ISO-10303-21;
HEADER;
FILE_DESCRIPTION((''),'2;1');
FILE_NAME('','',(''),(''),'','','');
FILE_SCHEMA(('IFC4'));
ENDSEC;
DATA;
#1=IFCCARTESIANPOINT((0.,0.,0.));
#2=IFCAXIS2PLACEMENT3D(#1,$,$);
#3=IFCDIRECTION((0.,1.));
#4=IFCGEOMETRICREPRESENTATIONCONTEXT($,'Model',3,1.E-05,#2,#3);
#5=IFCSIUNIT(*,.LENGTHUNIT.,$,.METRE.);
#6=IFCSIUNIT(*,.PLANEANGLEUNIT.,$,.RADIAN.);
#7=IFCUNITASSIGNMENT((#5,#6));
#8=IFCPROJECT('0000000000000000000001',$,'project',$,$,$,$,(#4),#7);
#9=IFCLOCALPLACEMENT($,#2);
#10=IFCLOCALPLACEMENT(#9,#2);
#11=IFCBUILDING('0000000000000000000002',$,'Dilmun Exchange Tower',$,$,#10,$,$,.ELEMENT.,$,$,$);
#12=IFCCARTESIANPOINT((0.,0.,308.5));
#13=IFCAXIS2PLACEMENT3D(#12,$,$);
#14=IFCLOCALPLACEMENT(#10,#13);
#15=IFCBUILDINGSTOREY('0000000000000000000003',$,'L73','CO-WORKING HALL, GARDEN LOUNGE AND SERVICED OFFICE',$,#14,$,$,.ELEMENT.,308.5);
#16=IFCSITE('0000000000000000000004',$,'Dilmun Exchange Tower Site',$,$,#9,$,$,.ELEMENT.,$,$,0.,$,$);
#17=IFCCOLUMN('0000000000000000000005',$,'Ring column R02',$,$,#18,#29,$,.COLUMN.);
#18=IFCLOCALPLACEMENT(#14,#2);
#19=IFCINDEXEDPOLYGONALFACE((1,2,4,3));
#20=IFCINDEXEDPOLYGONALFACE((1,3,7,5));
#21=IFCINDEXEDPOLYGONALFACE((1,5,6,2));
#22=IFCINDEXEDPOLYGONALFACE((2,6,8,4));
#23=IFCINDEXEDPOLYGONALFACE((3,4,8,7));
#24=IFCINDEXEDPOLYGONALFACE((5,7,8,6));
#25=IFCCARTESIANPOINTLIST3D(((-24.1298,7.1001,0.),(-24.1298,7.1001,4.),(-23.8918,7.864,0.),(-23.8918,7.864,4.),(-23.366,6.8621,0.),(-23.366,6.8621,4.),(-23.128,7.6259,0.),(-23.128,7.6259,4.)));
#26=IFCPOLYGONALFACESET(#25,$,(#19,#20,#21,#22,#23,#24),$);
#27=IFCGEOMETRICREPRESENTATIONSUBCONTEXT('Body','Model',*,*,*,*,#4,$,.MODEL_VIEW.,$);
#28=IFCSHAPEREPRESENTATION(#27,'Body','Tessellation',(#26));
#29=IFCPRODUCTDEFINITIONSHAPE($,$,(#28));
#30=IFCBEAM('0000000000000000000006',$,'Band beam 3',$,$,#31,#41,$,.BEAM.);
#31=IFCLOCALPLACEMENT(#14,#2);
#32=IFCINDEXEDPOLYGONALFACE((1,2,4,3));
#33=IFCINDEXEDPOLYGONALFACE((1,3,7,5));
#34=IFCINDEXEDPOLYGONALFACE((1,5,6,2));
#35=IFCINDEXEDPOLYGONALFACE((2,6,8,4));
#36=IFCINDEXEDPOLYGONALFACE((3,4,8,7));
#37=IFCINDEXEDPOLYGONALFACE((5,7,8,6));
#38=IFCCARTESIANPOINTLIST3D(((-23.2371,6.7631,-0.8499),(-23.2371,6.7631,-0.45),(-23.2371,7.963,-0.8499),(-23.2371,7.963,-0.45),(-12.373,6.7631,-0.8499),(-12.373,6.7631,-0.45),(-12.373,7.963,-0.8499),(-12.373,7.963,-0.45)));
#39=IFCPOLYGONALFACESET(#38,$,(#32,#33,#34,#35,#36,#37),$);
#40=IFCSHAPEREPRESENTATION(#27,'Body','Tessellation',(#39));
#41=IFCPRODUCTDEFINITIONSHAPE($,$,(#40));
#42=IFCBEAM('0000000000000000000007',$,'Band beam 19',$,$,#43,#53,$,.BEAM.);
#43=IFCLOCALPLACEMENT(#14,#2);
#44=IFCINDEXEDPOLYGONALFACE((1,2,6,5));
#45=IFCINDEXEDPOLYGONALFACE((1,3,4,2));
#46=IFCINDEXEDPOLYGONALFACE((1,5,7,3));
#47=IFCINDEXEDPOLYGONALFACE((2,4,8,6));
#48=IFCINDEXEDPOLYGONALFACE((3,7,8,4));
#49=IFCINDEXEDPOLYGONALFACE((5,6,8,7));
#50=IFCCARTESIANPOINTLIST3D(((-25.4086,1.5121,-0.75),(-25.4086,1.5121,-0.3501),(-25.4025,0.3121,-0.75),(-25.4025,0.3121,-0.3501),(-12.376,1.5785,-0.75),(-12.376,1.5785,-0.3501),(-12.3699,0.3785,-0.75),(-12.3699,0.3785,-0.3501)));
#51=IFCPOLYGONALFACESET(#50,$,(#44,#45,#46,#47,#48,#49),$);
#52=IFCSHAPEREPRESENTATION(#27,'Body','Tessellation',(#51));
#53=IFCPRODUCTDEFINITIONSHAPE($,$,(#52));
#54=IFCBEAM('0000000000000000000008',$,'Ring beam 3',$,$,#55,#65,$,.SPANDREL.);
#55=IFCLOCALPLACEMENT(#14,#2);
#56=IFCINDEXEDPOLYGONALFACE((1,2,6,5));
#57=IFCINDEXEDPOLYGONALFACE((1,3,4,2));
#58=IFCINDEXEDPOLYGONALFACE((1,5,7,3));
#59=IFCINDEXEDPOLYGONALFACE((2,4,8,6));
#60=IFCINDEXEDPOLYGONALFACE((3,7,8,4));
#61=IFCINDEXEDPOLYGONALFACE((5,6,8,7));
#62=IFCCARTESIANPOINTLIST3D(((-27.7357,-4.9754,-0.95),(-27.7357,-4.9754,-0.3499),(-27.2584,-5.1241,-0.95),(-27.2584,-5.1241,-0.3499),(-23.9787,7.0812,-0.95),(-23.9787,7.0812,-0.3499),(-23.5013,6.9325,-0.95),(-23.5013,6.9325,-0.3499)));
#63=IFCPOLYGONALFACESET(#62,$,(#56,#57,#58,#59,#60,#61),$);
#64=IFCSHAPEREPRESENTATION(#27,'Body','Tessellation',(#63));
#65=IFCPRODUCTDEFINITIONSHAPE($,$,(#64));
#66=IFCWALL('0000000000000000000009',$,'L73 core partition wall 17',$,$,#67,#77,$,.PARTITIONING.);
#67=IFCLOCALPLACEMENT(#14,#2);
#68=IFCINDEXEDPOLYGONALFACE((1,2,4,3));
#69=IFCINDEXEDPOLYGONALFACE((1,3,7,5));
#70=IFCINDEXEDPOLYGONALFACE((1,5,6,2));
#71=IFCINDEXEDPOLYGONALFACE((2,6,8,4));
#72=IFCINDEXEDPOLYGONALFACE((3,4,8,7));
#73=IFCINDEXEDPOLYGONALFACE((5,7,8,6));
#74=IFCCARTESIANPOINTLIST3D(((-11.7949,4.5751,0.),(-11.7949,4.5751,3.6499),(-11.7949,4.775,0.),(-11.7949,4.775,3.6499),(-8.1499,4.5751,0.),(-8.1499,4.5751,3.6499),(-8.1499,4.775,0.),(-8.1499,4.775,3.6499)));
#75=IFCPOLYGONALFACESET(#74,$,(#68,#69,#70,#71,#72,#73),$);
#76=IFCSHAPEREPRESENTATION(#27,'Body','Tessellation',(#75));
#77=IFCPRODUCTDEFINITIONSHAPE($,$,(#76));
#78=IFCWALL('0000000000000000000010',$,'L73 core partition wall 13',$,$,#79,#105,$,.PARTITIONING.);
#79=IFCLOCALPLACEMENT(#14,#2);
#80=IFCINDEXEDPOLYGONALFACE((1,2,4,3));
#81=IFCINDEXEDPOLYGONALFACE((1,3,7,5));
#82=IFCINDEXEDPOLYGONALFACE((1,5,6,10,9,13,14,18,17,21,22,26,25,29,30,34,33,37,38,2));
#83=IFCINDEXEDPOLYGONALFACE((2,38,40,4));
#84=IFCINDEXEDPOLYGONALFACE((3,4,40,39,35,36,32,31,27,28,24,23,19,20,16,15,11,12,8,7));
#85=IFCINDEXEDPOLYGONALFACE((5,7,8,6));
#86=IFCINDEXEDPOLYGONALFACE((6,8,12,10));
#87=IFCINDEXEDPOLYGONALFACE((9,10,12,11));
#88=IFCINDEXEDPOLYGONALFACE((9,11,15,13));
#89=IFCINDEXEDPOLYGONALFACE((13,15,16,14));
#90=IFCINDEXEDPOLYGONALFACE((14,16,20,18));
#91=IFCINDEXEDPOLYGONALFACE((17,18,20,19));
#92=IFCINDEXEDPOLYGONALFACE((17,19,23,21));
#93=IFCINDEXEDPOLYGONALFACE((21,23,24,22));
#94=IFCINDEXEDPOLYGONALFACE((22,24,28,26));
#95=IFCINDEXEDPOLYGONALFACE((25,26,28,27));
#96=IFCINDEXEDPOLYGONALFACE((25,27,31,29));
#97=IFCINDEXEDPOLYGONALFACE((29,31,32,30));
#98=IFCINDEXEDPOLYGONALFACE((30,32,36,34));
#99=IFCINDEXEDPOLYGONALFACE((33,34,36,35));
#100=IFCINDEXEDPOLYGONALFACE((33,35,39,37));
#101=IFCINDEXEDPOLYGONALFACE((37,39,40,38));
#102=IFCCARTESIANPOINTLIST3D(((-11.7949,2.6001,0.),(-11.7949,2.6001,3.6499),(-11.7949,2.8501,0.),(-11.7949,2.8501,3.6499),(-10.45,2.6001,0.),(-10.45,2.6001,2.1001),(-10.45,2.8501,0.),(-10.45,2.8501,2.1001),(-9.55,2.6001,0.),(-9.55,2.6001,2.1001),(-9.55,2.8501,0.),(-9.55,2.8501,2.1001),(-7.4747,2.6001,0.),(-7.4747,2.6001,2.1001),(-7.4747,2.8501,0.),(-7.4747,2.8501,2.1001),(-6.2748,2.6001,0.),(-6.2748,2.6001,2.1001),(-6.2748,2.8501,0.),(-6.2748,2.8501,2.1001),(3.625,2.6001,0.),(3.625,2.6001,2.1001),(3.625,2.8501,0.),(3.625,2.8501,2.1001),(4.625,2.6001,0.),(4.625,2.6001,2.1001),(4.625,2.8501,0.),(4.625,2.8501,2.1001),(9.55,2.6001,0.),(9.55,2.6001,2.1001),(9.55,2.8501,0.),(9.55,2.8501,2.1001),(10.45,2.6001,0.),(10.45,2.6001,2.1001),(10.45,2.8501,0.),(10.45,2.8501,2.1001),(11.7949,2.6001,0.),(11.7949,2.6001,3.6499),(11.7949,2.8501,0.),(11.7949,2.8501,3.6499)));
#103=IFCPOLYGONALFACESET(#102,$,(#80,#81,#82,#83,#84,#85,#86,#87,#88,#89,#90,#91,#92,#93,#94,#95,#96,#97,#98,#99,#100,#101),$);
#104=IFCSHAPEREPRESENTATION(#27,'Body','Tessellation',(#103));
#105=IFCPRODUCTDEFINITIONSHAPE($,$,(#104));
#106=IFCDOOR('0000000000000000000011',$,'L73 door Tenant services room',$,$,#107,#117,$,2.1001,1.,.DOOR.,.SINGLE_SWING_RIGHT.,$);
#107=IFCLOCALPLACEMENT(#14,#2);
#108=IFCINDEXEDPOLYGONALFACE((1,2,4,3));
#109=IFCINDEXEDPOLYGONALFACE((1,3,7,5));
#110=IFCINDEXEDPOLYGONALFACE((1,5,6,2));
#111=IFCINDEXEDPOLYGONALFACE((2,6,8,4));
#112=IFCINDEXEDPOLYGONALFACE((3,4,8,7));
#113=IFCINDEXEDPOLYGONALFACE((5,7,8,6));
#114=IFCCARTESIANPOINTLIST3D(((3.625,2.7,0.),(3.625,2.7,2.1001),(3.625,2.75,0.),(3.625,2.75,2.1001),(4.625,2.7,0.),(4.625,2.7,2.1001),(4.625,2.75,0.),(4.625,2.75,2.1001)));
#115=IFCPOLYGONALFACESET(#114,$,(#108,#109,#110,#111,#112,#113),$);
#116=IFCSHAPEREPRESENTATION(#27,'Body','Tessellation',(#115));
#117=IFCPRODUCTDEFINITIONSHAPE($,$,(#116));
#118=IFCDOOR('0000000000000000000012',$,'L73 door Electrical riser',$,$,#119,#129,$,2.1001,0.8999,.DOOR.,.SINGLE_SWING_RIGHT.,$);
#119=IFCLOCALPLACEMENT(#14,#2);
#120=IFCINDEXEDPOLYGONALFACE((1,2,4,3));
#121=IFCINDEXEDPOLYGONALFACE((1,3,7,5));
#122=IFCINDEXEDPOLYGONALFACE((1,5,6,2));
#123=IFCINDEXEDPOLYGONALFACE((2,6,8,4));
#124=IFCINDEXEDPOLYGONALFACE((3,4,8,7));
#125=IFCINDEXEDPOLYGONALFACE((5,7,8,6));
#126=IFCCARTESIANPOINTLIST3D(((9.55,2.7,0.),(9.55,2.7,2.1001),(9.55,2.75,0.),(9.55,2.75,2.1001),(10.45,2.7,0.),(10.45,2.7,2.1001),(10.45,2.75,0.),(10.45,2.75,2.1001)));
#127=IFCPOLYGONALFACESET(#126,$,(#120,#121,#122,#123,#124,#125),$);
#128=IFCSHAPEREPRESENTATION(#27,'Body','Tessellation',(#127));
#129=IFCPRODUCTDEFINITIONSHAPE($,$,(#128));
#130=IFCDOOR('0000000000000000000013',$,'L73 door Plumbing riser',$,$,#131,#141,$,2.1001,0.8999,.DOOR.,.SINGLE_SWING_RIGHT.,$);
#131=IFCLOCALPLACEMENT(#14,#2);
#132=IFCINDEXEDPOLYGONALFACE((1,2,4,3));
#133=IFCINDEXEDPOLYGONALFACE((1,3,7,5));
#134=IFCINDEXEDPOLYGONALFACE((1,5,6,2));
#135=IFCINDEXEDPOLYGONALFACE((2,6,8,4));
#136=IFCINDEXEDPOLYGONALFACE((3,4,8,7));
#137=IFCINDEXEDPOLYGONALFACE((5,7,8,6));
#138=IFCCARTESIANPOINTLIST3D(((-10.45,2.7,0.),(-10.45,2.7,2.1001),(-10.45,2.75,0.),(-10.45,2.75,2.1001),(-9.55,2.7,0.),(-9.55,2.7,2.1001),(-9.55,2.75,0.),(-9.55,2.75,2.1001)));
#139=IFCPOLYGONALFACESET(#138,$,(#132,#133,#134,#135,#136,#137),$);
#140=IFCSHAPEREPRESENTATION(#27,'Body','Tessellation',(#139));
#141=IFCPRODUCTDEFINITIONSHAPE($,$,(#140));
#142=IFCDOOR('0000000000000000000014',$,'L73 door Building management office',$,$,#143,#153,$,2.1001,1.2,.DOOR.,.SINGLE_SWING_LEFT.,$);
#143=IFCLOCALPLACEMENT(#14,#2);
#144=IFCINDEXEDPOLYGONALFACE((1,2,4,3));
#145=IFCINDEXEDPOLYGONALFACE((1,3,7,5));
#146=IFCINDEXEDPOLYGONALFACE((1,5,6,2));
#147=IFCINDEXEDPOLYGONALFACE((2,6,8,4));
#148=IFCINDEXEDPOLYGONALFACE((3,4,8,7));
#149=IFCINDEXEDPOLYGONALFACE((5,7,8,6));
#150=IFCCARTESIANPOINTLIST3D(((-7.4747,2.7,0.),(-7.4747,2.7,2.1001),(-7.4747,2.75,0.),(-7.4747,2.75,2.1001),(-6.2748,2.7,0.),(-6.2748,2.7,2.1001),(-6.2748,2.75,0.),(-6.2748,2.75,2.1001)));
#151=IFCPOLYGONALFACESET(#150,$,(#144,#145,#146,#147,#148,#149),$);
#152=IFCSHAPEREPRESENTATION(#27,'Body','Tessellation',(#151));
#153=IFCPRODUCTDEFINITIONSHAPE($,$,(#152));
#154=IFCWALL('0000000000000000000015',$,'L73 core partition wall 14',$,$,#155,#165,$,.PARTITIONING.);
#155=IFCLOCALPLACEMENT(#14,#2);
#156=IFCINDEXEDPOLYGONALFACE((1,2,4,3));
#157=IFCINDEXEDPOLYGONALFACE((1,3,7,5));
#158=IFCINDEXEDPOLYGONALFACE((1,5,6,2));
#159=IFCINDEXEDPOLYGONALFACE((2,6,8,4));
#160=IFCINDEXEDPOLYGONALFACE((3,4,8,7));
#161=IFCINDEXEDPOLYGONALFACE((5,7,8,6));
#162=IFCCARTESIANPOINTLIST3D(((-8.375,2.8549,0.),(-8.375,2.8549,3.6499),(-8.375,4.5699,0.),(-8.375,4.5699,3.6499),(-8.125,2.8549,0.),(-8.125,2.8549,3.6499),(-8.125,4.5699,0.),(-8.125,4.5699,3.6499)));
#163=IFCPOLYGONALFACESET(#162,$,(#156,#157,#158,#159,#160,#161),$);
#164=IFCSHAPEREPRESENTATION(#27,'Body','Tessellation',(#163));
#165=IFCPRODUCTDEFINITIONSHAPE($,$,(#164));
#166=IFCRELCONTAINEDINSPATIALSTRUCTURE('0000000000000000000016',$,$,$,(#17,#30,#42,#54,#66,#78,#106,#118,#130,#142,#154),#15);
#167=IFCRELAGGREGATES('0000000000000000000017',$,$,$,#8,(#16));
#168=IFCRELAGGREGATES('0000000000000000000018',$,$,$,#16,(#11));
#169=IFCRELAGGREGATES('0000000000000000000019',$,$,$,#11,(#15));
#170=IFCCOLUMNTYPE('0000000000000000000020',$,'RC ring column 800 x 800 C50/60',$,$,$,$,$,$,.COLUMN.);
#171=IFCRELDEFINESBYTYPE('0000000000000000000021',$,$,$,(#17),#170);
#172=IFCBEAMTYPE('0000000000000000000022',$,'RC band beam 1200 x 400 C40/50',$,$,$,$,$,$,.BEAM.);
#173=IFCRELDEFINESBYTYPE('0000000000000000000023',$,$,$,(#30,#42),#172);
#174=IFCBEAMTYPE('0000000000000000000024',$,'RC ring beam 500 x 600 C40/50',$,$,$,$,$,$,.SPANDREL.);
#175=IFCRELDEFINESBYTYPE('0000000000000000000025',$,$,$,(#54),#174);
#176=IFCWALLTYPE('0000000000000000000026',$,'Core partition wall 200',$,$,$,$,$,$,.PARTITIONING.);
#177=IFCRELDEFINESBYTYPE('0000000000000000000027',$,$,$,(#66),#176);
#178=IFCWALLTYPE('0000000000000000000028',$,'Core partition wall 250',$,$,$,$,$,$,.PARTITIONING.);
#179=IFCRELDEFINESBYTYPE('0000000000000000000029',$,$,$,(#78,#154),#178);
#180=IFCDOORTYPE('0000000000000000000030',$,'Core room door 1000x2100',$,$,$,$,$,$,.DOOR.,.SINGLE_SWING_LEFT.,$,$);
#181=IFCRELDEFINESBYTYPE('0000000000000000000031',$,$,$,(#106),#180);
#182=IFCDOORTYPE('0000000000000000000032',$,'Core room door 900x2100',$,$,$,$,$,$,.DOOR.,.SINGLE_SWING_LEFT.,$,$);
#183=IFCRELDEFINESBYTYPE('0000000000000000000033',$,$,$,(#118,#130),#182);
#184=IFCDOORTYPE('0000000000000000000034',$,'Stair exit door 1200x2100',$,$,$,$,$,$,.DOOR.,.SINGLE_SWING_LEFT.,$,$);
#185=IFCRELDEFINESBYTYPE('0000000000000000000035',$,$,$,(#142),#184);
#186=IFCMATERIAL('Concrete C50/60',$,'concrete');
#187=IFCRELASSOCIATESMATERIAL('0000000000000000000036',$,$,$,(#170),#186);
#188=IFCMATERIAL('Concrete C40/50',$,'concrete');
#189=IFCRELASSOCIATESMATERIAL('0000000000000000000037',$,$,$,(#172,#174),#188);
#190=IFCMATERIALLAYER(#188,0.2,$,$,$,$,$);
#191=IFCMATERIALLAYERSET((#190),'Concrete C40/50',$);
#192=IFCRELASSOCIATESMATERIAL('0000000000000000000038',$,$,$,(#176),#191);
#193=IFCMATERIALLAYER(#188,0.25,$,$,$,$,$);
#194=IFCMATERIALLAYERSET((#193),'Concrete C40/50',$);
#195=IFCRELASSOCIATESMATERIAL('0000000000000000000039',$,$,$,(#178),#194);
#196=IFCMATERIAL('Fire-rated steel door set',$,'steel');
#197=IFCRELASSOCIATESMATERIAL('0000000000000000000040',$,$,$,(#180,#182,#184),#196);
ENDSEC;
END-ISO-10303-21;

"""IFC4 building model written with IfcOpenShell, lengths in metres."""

from ifc_helpers import new_model, si_unit, direction, frame, frame_2d, origin, origin_2d, place, context, subcontext, project, spatial, rectangle, extrude, material, layer, layer_set, material_profile, profile_set, type_object, element, fill, save


model = new_model("IFC4")

# Units and contexts
model_context = context("Model", 3, precision=1e-05, world=origin(), true_north=direction((0.0, 1.0)))
body_context = subcontext(model_context, "Body", "Model", "MODEL_VIEW")
ifc_project = project(units=[si_unit("LENGTHUNIT", "METRE"), si_unit("PLANEANGLEUNIT", "RADIAN")], contexts=[model_context])

# Site, building, storey
site_placement = place(None, origin())
site = spatial("IfcSite", under=ifc_project, at=site_placement, Name="Dilmun Exchange Tower Site", CompositionType="ELEMENT", RefElevation=0.0)
building_placement = place(site_placement, origin())
building = spatial("IfcBuilding", under=site, at=building_placement, Name="Dilmun Exchange Tower", CompositionType="ELEMENT")
storey_placement = place(building_placement, frame((0.0, 0.0, 308.5)))
storey = spatial("IfcBuildingStorey", under=building, at=storey_placement, Name="L73", Description="CO-WORKING HALL, GARDEN LOUNGE AND SERVICED OFFICE", CompositionType="ELEMENT", Elevation=308.5)

# Column
ifc_material_1 = material(Name="Concrete C50/60", Category="concrete")
ifc_material_profile_1 = material_profile(ifc_material_1, rectangle(XDim=0.8, YDim=0.8, at=origin_2d()), Name="800 x 800")
ifc_profile_set_1 = profile_set([ifc_material_profile_1], Name="Concrete C50/60")
column_type = type_object("IfcColumnType", Name="RC ring column 800 x 800 C50/60", PredefinedType="COLUMN", material=ifc_profile_set_1)
column_placement = place(storey_placement, frame((-23.6289, 7.363, 0.0), z_axis=(0.0, 0.0, 1.0), x_axis=(0.297503, 0.954721, 0.0)))
element("IfcColumn", 1, at=column_placement, inside=storey, type_object=column_type, Name="Ring column R02", PredefinedType="COLUMN", context=body_context, shape_type="SweptSolid", body=[
    extrude(rectangle(XDim=0.8, YDim=0.8, at=origin_2d()), origin(), (0.0, 0.0, 1.0), 4.0),
])

# Beams
ifc_material_2 = material(Name="Concrete C40/50", Category="concrete")
ifc_material_profile_2 = material_profile(ifc_material_2, rectangle(XDim=1.2, YDim=0.3999, at=origin_2d()), Name="1200 x 400")
ifc_profile_set_2 = profile_set([ifc_material_profile_2], Name="Concrete C40/50")
beam_type_1 = type_object("IfcBeamType", Name="RC band beam 1200 x 400 C40/50", PredefinedType="BEAM", material=ifc_profile_set_2)
beam_1_placement = place(storey_placement, frame((-23.2371, 7.363, -0.6499), z_axis=(1.0, 0.0, 0.0), x_axis=(0.0, 1.0, 0.0)))
element("IfcBeam", 2, at=beam_1_placement, inside=storey, type_object=beam_type_1, Name="Band beam 3", PredefinedType="BEAM", context=body_context, shape_type="SweptSolid", body=[
    extrude(rectangle(XDim=1.2, YDim=0.3999, at=origin_2d()), origin(), (0.0, 0.0, 1.0), 10.864),
])
beam_2_placement = place(storey_placement, frame((-25.4055, 0.9121, -0.55), z_axis=(0.999987, 0.005095, 0.0), x_axis=(-0.005095, 0.999987, 0.0)))
element("IfcBeam", 3, at=beam_2_placement, inside=storey, type_object=beam_type_1, Name="Band beam 19", PredefinedType="BEAM", context=body_context, shape_type="SweptSolid", body=[
    extrude(rectangle(XDim=1.2, YDim=0.3999, at=origin_2d()), origin(), (0.0, 0.0, 1.0), 13.0327),
])
ifc_material_profile_3 = material_profile(ifc_material_2, rectangle(XDim=0.5, YDim=0.6001, at=origin_2d()), Name="500 x 600")
ifc_profile_set_3 = profile_set([ifc_material_profile_3], Name="Concrete C40/50")
beam_type_2 = type_object("IfcBeamType", Name="RC ring beam 500 x 600 C40/50", PredefinedType="SPANDREL", material=ifc_profile_set_3)
beam_3_placement = place(storey_placement, frame((-23.74, 7.0068, -0.6499), z_axis=(-0.297509, -0.954719, 0.0), x_axis=(0.954719, -0.297509, 0.0)))
element("IfcBeam", 4, at=beam_3_placement, inside=storey, type_object=beam_type_2, Name="Ring beam 3", PredefinedType="SPANDREL", context=body_context, shape_type="SweptSolid", body=[
    extrude(rectangle(XDim=0.5, YDim=0.6001, at=origin_2d()), origin(), (0.0, 0.0, 1.0), 12.6284),
])

# Wall
ifc_layer_1 = layer(ifc_material_2, 0.2)
ifc_layer_set_1 = layer_set([ifc_layer_1], Name="Concrete C40/50")
wall_type_1 = type_object("IfcWallType", Name="Core partition wall 200", PredefinedType="PARTITIONING", material=ifc_layer_set_1)
wall_1_placement = place(storey_placement, frame((-11.7949, 4.675, 0.0), z_axis=(0.0, 0.0, 1.0), x_axis=(1.0, 0.0, 0.0)))
element("IfcWall", 5, at=wall_1_placement, inside=storey, type_object=wall_type_1, Name="L73 core partition wall 17", PredefinedType="PARTITIONING", context=body_context, shape_type="SweptSolid", body=[
    extrude(rectangle(XDim=3.645, YDim=0.2, at=frame_2d((1.8225, 0.0))), origin(), (0.0, 0.0, 1.0), 3.6499),
])

# Wall, openings, doors
ifc_layer_2 = layer(ifc_material_2, 0.25)
ifc_layer_set_2 = layer_set([ifc_layer_2], Name="Concrete C40/50")
wall_type_2 = type_object("IfcWallType", Name="Core partition wall 250", PredefinedType="PARTITIONING", material=ifc_layer_set_2)
wall_2_placement = place(storey_placement, frame((-11.7949, 2.7251, 0.0), z_axis=(0.0, 0.0, 1.0), x_axis=(1.0, 0.0, 0.0)))
wall_2 = element("IfcWall", 6, at=wall_2_placement, inside=storey, type_object=wall_type_2, Name="L73 core partition wall 13", PredefinedType="PARTITIONING", context=body_context, shape_type="SweptSolid", body=[
    extrude(rectangle(XDim=23.5898, YDim=0.25, at=frame_2d((11.7949, 0.0))), origin(), (0.0, 0.0, 1.0), 3.6499),
])
opening_1_placement = place(wall_2_placement, frame((21.345, 0.0, 0.0)))
opening_1 = element("IfcOpeningElement", 7, at=opening_1_placement, cuts=wall_2, PredefinedType="OPENING", context=body_context, shape_type="SweptSolid", body=[
    extrude(rectangle(XDim=0.8999, YDim=2.1001, at=frame_2d((0.45, 1.05))), frame((0.0, 0.135, 0.0), z_axis=(0.0, -1.0, 0.0), x_axis=(1.0, 0.0, 0.0)), (0.0, 0.0, 1.0), 0.27),
])
opening_2_placement = place(wall_2_placement, frame((1.345, 0.0, 0.0)))
opening_2 = element("IfcOpeningElement", 8, at=opening_2_placement, cuts=wall_2, PredefinedType="OPENING", context=body_context, shape_type="SweptSolid", body=[
    extrude(rectangle(XDim=0.8999, YDim=2.1001, at=frame_2d((0.45, 1.05))), frame((0.0, 0.135, 0.0), z_axis=(0.0, -1.0, 0.0), x_axis=(1.0, 0.0, 0.0)), (0.0, 0.0, 1.0), 0.27),
])
opening_3_placement = place(wall_2_placement, frame((4.3201, 0.0, 0.0)))
opening_3 = element("IfcOpeningElement", 9, at=opening_3_placement, cuts=wall_2, PredefinedType="OPENING", context=body_context, shape_type="SweptSolid", body=[
    extrude(rectangle(XDim=1.2, YDim=2.1001, at=frame_2d((0.6001, 1.05))), frame((0.0, 0.135, 0.0), z_axis=(0.0, -1.0, 0.0), x_axis=(1.0, 0.0, 0.0)), (0.0, 0.0, 1.0), 0.27),
])
opening_4_placement = place(wall_2_placement, frame((15.4199, 0.0, 0.0)))
opening_4 = element("IfcOpeningElement", 10, at=opening_4_placement, cuts=wall_2, PredefinedType="OPENING", context=body_context, shape_type="SweptSolid", body=[
    extrude(rectangle(XDim=1.0, YDim=2.1001, at=frame_2d((0.5, 1.05))), frame((0.0, 0.135, 0.0), z_axis=(0.0, -1.0, 0.0), x_axis=(1.0, 0.0, 0.0)), (0.0, 0.0, 1.0), 0.27),
])
ifc_material_3 = material(Name="Fire-rated steel door set", Category="steel")
door_type_1 = type_object("IfcDoorType", Name="Core room door 1000x2100", OperationType="SINGLE_SWING_LEFT", PredefinedType="DOOR", material=ifc_material_3)
door_1_placement = place(opening_4_placement, origin())
door_1 = element("IfcDoor", 11, at=door_1_placement, inside=storey, type_object=door_type_1, Name="L73 door Tenant services room", OperationType="SINGLE_SWING_RIGHT", OverallHeight=2.1001, OverallWidth=1.0, PredefinedType="DOOR", context=body_context, shape_type="SweptSolid", body=[
    extrude(rectangle(XDim=1.0, YDim=2.1001, at=frame_2d((0.5, 1.05))), frame((0.0, 0.0249, 0.0), z_axis=(0.0, -1.0, 0.0), x_axis=(1.0, 0.0, 0.0)), (0.0, 0.0, 1.0), 0.05),
])
fill(opening_4, door_1)
door_type_2 = type_object("IfcDoorType", Name="Core room door 900x2100", OperationType="SINGLE_SWING_LEFT", PredefinedType="DOOR", material=ifc_material_3)
door_2_placement = place(opening_1_placement, origin())
door_2 = element("IfcDoor", 12, at=door_2_placement, inside=storey, type_object=door_type_2, Name="L73 door Electrical riser", OperationType="SINGLE_SWING_RIGHT", OverallHeight=2.1001, OverallWidth=0.8999, PredefinedType="DOOR", context=body_context, shape_type="SweptSolid", body=[
    extrude(rectangle(XDim=0.8999, YDim=2.1001, at=frame_2d((0.45, 1.05))), frame((0.0, 0.0249, 0.0), z_axis=(0.0, -1.0, 0.0), x_axis=(1.0, 0.0, 0.0)), (0.0, 0.0, 1.0), 0.05),
])
fill(opening_1, door_2)
door_3_placement = place(opening_2_placement, origin())
door_3 = element("IfcDoor", 13, at=door_3_placement, inside=storey, type_object=door_type_2, Name="L73 door Plumbing riser", OperationType="SINGLE_SWING_RIGHT", OverallHeight=2.1001, OverallWidth=0.8999, PredefinedType="DOOR", context=body_context, shape_type="SweptSolid", body=[
    extrude(rectangle(XDim=0.8999, YDim=2.1001, at=frame_2d((0.45, 1.05))), frame((0.0, 0.0249, 0.0), z_axis=(0.0, -1.0, 0.0), x_axis=(1.0, 0.0, 0.0)), (0.0, 0.0, 1.0), 0.05),
])
fill(opening_2, door_3)
door_type_3 = type_object("IfcDoorType", Name="Stair exit door 1200x2100", OperationType="SINGLE_SWING_LEFT", PredefinedType="DOOR", material=ifc_material_3)
door_4_placement = place(opening_3_placement, origin())
door_4 = element("IfcDoor", 14, at=door_4_placement, inside=storey, type_object=door_type_3, Name="L73 door Building management office", OperationType="SINGLE_SWING_LEFT", OverallHeight=2.1001, OverallWidth=1.2, PredefinedType="DOOR", context=body_context, shape_type="SweptSolid", body=[
    extrude(rectangle(XDim=1.2, YDim=2.1001, at=frame_2d((0.6001, 1.05))), frame((0.0, 0.0249, 0.0), z_axis=(0.0, -1.0, 0.0), x_axis=(1.0, 0.0, 0.0)), (0.0, 0.0, 1.0), 0.05),
])
fill(opening_3, door_4)

# Wall
wall_3_placement = place(storey_placement, frame((-8.25, 2.855, 0.0), z_axis=(0.0, 0.0, 1.0), x_axis=(0.0, 1.0, 0.0)))
element("IfcWall", 15, at=wall_3_placement, inside=storey, type_object=wall_type_2, Name="L73 core partition wall 14", PredefinedType="PARTITIONING", context=body_context, shape_type="SweptSolid", body=[
    extrude(rectangle(XDim=1.7151, YDim=0.25, at=frame_2d((0.8574, 0.0))), origin(), (0.0, 0.0, 1.0), 3.6499),
])

save(model, "model.ifc")
